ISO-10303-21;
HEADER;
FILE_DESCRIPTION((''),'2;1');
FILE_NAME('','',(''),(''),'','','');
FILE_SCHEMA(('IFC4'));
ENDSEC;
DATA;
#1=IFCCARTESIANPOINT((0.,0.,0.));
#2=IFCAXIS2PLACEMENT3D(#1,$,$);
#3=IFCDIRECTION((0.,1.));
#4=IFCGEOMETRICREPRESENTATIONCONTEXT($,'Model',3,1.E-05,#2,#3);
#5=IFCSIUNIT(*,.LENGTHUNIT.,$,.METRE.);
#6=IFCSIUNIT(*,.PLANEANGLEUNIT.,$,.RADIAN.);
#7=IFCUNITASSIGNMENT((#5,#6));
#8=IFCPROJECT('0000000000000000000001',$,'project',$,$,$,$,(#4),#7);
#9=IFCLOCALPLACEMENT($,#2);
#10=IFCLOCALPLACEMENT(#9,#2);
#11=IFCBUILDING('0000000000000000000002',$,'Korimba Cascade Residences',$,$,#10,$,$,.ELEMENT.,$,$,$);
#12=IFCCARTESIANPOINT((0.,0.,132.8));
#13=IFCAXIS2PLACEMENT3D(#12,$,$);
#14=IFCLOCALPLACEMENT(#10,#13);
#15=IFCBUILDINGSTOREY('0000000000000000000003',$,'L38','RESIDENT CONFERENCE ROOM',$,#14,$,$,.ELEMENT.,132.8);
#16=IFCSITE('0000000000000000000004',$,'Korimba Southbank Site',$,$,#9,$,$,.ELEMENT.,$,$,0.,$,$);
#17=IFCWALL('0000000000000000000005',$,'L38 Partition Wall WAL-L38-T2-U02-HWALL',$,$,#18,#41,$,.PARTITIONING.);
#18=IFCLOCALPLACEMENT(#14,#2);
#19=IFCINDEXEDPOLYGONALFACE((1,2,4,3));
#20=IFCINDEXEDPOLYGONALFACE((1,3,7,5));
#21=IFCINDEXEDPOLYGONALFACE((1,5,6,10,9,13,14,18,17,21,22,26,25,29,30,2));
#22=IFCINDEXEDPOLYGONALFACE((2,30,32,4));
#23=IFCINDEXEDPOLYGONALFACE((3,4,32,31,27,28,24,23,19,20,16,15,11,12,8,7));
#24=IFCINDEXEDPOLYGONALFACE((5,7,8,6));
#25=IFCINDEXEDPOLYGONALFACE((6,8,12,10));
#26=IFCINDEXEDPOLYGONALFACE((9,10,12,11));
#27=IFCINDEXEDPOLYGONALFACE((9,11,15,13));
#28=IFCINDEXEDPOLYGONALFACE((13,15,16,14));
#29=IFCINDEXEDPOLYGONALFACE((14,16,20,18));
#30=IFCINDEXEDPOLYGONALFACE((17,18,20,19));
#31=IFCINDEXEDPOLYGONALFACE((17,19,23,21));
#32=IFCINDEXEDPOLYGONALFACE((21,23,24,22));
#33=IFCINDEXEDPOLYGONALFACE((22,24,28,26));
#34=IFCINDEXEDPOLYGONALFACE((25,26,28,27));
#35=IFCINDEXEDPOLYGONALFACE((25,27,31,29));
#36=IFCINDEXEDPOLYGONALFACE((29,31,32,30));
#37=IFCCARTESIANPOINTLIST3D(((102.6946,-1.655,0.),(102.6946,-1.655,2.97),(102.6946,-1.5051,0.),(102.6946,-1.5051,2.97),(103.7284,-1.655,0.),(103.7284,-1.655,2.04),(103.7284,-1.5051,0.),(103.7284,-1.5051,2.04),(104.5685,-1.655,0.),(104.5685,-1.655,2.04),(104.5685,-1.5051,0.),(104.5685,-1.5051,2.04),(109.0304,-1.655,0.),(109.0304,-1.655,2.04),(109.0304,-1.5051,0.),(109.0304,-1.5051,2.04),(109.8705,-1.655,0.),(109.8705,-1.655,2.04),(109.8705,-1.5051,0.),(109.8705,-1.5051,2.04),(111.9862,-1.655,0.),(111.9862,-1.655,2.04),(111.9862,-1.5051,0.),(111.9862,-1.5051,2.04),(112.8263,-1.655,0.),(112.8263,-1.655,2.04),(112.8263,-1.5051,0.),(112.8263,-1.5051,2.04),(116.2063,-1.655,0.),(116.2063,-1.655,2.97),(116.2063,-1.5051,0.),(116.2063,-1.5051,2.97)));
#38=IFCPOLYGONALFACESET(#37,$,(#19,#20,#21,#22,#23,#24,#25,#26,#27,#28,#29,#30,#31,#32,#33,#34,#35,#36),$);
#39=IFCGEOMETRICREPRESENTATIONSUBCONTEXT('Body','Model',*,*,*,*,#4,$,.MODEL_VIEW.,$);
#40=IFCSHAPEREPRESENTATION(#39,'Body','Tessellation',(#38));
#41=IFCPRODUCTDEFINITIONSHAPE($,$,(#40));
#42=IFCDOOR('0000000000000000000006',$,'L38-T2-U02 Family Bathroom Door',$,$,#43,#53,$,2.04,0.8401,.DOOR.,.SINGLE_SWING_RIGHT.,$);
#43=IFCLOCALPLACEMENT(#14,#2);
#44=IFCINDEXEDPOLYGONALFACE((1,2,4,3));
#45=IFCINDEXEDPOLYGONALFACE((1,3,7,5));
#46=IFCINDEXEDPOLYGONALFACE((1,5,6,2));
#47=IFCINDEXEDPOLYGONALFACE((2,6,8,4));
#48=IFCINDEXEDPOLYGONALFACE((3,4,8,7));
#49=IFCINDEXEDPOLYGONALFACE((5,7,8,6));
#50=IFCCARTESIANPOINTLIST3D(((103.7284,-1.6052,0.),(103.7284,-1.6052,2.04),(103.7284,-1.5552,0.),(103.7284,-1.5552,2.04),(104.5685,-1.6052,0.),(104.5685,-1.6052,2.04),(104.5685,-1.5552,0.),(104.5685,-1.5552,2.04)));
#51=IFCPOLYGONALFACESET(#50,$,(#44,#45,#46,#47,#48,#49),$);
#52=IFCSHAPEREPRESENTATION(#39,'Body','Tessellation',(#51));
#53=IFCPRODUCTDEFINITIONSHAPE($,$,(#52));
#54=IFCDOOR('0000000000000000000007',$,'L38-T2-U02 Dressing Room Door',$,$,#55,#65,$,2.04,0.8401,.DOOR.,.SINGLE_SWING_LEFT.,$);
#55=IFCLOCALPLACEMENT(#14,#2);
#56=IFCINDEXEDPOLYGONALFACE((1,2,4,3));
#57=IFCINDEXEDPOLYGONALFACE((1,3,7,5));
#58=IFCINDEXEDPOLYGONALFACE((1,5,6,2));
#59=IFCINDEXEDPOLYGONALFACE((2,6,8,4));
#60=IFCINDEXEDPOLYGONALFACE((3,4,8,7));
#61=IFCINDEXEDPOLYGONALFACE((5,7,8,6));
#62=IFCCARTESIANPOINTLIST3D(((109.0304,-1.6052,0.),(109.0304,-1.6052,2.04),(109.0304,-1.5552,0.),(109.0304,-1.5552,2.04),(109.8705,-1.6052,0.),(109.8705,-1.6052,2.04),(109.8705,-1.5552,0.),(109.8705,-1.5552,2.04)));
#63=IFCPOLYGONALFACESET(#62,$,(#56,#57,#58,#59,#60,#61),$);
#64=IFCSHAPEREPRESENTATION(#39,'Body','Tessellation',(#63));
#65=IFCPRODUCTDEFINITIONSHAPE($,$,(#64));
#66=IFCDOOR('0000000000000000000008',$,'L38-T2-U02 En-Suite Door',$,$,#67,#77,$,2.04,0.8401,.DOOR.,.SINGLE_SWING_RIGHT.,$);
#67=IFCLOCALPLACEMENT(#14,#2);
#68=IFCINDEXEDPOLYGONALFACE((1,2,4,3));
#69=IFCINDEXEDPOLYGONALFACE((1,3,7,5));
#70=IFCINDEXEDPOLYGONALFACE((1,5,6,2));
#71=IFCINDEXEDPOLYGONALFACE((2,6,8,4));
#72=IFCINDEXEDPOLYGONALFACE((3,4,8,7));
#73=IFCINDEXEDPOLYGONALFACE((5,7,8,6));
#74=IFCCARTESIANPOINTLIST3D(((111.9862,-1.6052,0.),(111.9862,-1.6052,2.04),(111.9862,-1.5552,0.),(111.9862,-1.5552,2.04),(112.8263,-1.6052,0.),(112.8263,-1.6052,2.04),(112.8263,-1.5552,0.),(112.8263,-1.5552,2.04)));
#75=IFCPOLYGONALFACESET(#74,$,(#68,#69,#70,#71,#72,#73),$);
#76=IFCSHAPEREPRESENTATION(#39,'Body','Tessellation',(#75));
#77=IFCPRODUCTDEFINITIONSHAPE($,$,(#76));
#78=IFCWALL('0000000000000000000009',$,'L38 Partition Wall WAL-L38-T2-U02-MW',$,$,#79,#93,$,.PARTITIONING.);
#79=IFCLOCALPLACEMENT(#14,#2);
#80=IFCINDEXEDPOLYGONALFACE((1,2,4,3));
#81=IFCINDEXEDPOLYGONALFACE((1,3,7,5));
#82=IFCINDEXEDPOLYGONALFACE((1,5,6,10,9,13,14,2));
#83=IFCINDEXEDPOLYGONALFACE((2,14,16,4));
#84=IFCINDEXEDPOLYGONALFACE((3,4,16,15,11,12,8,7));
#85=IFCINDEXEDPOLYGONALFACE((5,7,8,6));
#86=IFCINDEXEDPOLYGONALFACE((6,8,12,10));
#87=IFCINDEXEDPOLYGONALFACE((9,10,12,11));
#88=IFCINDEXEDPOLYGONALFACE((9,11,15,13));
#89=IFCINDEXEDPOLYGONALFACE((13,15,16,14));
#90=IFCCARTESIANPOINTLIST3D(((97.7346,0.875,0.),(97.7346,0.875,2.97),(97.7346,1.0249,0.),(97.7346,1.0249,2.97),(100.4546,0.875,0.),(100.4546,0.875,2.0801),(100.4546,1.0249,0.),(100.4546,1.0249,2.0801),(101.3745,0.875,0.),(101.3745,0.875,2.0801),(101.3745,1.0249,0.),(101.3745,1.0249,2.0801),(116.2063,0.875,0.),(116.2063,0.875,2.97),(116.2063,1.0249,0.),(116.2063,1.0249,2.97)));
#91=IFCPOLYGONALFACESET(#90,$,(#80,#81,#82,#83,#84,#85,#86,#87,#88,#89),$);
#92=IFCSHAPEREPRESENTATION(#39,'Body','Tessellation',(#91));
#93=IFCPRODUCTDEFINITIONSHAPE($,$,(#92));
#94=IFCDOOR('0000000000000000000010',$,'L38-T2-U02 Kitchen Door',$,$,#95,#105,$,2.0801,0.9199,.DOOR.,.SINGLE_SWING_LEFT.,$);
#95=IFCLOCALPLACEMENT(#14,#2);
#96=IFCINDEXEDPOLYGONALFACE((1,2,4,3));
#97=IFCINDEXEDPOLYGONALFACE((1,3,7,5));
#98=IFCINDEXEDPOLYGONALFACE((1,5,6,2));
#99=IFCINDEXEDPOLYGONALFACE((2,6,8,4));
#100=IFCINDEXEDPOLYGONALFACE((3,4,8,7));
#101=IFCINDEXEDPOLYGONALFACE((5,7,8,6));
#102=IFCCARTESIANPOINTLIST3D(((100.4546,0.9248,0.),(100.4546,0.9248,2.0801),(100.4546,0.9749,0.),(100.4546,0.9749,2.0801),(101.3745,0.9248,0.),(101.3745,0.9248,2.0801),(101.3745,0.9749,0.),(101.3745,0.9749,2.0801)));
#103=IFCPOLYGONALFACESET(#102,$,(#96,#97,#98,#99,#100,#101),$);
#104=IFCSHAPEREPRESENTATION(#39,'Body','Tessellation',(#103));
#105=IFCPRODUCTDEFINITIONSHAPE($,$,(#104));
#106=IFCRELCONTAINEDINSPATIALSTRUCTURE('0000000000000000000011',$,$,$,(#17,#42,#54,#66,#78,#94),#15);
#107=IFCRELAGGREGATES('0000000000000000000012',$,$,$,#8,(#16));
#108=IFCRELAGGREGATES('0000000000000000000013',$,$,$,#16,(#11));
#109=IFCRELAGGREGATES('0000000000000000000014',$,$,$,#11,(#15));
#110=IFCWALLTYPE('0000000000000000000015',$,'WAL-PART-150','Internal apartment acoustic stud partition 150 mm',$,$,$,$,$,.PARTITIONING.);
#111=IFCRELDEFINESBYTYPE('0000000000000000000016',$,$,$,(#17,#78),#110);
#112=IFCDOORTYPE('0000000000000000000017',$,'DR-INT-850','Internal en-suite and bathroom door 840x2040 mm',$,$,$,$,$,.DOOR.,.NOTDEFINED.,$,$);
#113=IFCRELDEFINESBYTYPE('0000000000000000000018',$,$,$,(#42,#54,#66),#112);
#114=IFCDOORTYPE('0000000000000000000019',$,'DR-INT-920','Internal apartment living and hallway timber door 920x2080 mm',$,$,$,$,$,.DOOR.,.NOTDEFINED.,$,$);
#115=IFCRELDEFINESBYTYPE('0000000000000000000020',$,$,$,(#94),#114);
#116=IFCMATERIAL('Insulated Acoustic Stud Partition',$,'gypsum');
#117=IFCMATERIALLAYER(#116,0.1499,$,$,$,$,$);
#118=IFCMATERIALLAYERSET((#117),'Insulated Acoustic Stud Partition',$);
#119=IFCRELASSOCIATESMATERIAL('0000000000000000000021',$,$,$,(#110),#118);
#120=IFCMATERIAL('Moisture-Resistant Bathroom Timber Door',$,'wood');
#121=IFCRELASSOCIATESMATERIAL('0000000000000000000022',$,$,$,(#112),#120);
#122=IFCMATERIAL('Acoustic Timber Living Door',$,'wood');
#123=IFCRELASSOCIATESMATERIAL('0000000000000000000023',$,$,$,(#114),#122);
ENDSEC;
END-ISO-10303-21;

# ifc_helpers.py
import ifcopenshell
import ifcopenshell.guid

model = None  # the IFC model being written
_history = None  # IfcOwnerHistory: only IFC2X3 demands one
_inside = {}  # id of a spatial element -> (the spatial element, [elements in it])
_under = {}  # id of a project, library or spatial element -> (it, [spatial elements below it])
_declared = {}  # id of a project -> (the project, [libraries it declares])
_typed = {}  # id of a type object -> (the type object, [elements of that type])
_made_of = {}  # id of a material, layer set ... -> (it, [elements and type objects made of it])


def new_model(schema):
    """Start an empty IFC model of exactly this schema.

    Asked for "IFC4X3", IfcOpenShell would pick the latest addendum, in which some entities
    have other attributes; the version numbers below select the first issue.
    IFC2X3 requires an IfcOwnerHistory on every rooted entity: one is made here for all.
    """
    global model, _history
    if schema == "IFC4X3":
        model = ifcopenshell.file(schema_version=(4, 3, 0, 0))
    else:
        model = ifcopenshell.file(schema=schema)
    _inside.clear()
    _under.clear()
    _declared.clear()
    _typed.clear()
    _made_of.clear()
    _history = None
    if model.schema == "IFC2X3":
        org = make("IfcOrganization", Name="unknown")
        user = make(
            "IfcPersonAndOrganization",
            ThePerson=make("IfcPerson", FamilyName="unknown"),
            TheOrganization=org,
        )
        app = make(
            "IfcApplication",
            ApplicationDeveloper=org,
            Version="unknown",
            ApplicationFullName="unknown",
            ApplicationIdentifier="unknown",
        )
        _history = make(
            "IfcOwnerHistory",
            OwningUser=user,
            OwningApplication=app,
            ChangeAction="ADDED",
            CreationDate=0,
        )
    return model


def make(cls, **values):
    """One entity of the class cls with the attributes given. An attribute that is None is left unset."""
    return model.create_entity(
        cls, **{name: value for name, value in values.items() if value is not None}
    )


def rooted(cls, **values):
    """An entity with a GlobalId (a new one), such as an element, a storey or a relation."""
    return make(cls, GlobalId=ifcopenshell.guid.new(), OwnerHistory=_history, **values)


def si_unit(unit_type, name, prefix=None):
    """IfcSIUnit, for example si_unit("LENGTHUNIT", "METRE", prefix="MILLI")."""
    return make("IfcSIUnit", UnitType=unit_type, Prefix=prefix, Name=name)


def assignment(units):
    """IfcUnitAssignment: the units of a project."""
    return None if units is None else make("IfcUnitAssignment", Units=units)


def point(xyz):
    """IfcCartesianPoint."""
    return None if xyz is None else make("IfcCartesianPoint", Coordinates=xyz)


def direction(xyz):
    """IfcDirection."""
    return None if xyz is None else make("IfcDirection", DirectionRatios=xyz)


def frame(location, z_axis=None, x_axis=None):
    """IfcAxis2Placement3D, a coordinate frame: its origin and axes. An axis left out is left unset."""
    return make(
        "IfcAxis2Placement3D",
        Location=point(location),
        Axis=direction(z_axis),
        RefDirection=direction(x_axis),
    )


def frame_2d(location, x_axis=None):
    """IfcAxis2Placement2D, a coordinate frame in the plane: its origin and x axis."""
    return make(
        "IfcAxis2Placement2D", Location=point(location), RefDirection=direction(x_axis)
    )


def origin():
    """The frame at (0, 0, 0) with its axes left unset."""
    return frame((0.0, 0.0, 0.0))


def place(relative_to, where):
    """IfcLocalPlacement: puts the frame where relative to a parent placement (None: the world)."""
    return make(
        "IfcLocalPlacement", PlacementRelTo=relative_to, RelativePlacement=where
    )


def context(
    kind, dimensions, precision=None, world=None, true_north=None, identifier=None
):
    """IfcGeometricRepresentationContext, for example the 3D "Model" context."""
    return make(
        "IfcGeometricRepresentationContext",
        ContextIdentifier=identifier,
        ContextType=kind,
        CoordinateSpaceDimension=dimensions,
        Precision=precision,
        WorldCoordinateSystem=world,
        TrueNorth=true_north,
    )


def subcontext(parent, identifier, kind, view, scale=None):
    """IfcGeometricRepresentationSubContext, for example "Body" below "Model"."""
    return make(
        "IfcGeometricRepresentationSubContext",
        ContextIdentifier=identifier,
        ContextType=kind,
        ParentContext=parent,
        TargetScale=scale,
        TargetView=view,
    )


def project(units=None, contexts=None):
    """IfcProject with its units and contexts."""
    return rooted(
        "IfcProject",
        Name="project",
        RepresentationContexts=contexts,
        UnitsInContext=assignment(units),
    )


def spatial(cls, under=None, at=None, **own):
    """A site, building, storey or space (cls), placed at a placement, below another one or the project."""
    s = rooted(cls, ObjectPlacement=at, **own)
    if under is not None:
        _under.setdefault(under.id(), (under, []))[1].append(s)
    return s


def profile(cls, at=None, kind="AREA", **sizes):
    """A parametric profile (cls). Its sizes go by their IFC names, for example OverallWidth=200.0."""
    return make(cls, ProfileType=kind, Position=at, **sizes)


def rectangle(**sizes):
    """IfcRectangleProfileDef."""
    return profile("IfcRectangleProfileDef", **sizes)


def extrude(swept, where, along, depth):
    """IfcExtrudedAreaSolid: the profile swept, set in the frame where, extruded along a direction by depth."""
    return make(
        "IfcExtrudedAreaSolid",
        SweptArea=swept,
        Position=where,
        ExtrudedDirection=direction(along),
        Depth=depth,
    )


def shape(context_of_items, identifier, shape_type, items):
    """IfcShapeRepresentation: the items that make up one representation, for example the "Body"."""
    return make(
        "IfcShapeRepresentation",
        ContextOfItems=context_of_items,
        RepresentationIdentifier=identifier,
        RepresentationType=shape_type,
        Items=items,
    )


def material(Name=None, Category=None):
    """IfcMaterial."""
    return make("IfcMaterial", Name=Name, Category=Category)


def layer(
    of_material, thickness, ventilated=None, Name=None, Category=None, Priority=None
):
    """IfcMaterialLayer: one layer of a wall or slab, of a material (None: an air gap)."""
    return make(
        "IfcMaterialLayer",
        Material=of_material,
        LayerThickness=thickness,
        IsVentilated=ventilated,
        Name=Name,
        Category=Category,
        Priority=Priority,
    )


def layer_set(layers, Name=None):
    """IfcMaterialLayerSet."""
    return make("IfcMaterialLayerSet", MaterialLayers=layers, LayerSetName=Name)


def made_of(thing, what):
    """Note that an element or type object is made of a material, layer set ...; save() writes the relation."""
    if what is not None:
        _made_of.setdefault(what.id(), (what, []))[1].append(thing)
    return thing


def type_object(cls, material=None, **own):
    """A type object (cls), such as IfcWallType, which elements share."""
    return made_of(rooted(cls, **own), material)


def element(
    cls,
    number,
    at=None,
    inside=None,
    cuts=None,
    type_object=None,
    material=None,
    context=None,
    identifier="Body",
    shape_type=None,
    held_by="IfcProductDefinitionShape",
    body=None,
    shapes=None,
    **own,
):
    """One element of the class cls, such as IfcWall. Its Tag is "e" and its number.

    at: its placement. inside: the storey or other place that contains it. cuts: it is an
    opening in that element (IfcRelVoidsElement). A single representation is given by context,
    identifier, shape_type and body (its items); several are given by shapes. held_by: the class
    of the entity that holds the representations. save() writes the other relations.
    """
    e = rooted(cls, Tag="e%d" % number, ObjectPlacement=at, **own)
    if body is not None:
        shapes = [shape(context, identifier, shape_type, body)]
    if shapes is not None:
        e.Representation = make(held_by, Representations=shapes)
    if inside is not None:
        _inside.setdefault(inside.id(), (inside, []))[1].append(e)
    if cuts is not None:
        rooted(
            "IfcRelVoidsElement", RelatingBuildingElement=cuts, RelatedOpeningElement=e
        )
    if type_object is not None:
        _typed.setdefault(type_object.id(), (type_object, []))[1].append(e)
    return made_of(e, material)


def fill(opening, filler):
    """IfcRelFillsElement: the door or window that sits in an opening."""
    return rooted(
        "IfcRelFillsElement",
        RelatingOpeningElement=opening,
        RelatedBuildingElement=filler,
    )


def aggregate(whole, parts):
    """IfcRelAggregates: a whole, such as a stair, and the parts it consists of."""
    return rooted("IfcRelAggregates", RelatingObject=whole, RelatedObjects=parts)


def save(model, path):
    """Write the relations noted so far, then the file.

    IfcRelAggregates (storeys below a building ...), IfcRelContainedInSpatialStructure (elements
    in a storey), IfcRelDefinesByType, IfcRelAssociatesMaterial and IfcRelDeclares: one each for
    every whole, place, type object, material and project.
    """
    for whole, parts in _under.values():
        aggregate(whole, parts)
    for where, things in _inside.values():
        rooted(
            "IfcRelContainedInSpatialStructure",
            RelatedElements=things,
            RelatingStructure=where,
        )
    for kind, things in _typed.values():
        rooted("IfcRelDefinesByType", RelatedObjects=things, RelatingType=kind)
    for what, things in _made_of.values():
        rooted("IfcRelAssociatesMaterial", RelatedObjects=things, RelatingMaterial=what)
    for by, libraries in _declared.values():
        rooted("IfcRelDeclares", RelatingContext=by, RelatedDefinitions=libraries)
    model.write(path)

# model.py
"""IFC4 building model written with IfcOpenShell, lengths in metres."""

from ifc_helpers import new_model, si_unit, direction, frame, frame_2d, origin, place, context, subcontext, project, spatial, rectangle, extrude, material, layer, layer_set, type_object, element, fill, save


model = new_model("IFC4")

# Units and contexts
model_context = context("Model", 3, precision=1e-05, world=origin(), true_north=direction((0.0, 1.0)))
body_context = subcontext(model_context, "Body", "Model", "MODEL_VIEW")
ifc_project = project(units=[si_unit("LENGTHUNIT", "METRE"), si_unit("PLANEANGLEUNIT", "RADIAN")], contexts=[model_context])

# Site, building, storey
site_placement = place(None, origin())
site = spatial("IfcSite", under=ifc_project, at=site_placement, Name="Korimba Southbank Site", CompositionType="ELEMENT", RefElevation=0.0)
building_placement = place(site_placement, origin())
building = spatial("IfcBuilding", under=site, at=building_placement, Name="Korimba Cascade Residences", CompositionType="ELEMENT")
storey_placement = place(building_placement, frame((0.0, 0.0, 132.8)))
storey = spatial("IfcBuildingStorey", under=building, at=storey_placement, Name="L38", Description="RESIDENT CONFERENCE ROOM", CompositionType="ELEMENT", Elevation=132.8)

# Shared definitions
ifc_material_1 = material(Name="Insulated Acoustic Stud Partition", Category="gypsum")
ifc_layer = layer(ifc_material_1, 0.1499)
ifc_layer_set = layer_set([ifc_layer], Name="Insulated Acoustic Stud Partition")
wall_type = type_object("IfcWallType", Name="WAL-PART-150", Description="Internal apartment acoustic stud partition 150 mm", PredefinedType="PARTITIONING", material=ifc_layer_set)
ifc_material_2 = material(Name="Moisture-Resistant Bathroom Timber Door", Category="wood")
door_type_1 = type_object("IfcDoorType", Name="DR-INT-850", Description="Internal en-suite and bathroom door 840x2040 mm", OperationType="NOTDEFINED", PredefinedType="DOOR", material=ifc_material_2)

# Wall, openings, doors
wall_1_placement = place(storey_placement, frame((102.6946, -1.5801, 0.0), z_axis=(0.0, 0.0, 1.0), x_axis=(1.0, 0.0, 0.0)))
wall_1 = element("IfcWall", 1, at=wall_1_placement, inside=storey, type_object=wall_type, Name="L38 Partition Wall WAL-L38-T2-U02-HWALL", PredefinedType="PARTITIONING", context=body_context, shape_type="SweptSolid", body=[
    extrude(rectangle(XDim=13.5117, YDim=0.1499, at=frame_2d((6.7559, 0.0))), origin(), (0.0, 0.0, 1.0), 2.97),
])
opening_1_placement = place(wall_1_placement, frame((1.0339, 0.0, 0.0)))
opening_1 = element("IfcOpeningElement", 2, at=opening_1_placement, cuts=wall_1, PredefinedType="OPENING", context=body_context, shape_type="SweptSolid", body=[
    extrude(rectangle(XDim=0.8401, YDim=2.04, at=frame_2d((0.4199, 1.02))), frame((0.0, 0.085, 0.0), z_axis=(0.0, -1.0, 0.0), x_axis=(1.0, 0.0, 0.0)), (0.0, 0.0, 1.0), 0.1699),
])
opening_2_placement = place(wall_1_placement, frame((6.3359, 0.0, 0.0)))
opening_2 = element("IfcOpeningElement", 3, at=opening_2_placement, cuts=wall_1, PredefinedType="OPENING", context=body_context, shape_type="SweptSolid", body=[
    extrude(rectangle(XDim=0.8401, YDim=2.04, at=frame_2d((0.4199, 1.02))), frame((0.0, 0.085, 0.0), z_axis=(0.0, -1.0, 0.0), x_axis=(1.0, 0.0, 0.0)), (0.0, 0.0, 1.0), 0.1699),
])
opening_3_placement = place(wall_1_placement, frame((9.2917, 0.0, 0.0)))
opening_3 = element("IfcOpeningElement", 4, at=opening_3_placement, cuts=wall_1, PredefinedType="OPENING", context=body_context, shape_type="SweptSolid", body=[
    extrude(rectangle(XDim=0.8401, YDim=2.04, at=frame_2d((0.4199, 1.02))), frame((0.0, 0.085, 0.0), z_axis=(0.0, -1.0, 0.0), x_axis=(1.0, 0.0, 0.0)), (0.0, 0.0, 1.0), 0.1699),
])
door_1_placement = place(opening_1_placement, origin())
door_1 = element("IfcDoor", 5, at=door_1_placement, inside=storey, type_object=door_type_1, Name="L38-T2-U02 Family Bathroom Door", OperationType="SINGLE_SWING_RIGHT", OverallHeight=2.04, OverallWidth=0.8401, PredefinedType="DOOR", context=body_context, shape_type="SweptSolid", body=[
    extrude(rectangle(XDim=0.8401, YDim=2.04, at=frame_2d((0.4199, 1.02))), frame((0.0, 0.0249, 0.0), z_axis=(0.0, -1.0, 0.0), x_axis=(1.0, 0.0, 0.0)), (0.0, 0.0, 1.0), 0.05),
])
fill(opening_1, door_1)
door_2_placement = place(opening_2_placement, origin())
door_2 = element("IfcDoor", 6, at=door_2_placement, inside=storey, type_object=door_type_1, Name="L38-T2-U02 Dressing Room Door", OperationType="SINGLE_SWING_LEFT", OverallHeight=2.04, OverallWidth=0.8401, PredefinedType="DOOR", context=body_context, shape_type="SweptSolid", body=[
    extrude(rectangle(XDim=0.8401, YDim=2.04, at=frame_2d((0.4199, 1.02))), frame((0.0, 0.0249, 0.0), z_axis=(0.0, -1.0, 0.0), x_axis=(1.0, 0.0, 0.0)), (0.0, 0.0, 1.0), 0.05),
])
fill(opening_2, door_2)
door_3_placement = place(opening_3_placement, origin())
door_3 = element("IfcDoor", 7, at=door_3_placement, inside=storey, type_object=door_type_1, Name="L38-T2-U02 En-Suite Door", OperationType="SINGLE_SWING_RIGHT", OverallHeight=2.04, OverallWidth=0.8401, PredefinedType="DOOR", context=body_context, shape_type="SweptSolid", body=[
    extrude(rectangle(XDim=0.8401, YDim=2.04, at=frame_2d((0.4199, 1.02))), frame((0.0, 0.0249, 0.0), z_axis=(0.0, -1.0, 0.0), x_axis=(1.0, 0.0, 0.0)), (0.0, 0.0, 1.0), 0.05),
])
fill(opening_3, door_3)

# Wall, opening, door
wall_2_placement = place(storey_placement, frame((97.7346, 0.95, 0.0), z_axis=(0.0, 0.0, 1.0), x_axis=(1.0, 0.0, 0.0)))
wall_2 = element("IfcWall", 8, at=wall_2_placement, inside=storey, type_object=wall_type, Name="L38 Partition Wall WAL-L38-T2-U02-MW", PredefinedType="PARTITIONING", context=body_context, shape_type="SweptSolid", body=[
    extrude(rectangle(XDim=18.4717, YDim=0.1499, at=frame_2d((9.2358, 0.0))), origin(), (0.0, 0.0, 1.0), 2.97),
])
opening_4_placement = place(wall_2_placement, frame((2.72, 0.0, 0.0)))
opening_4 = element("IfcOpeningElement", 9, at=opening_4_placement, cuts=wall_2, PredefinedType="OPENING", context=body_context, shape_type="SweptSolid", body=[
    extrude(rectangle(XDim=0.9199, YDim=2.0801, at=frame_2d((0.46, 1.04))), frame((0.0, 0.085, 0.0), z_axis=(0.0, -1.0, 0.0), x_axis=(1.0, 0.0, 0.0)), (0.0, 0.0, 1.0), 0.1699),
])
ifc_material_3 = material(Name="Acoustic Timber Living Door", Category="wood")
door_type_2 = type_object("IfcDoorType", Name="DR-INT-920", Description="Internal apartment living and hallway timber door 920x2080 mm", OperationType="NOTDEFINED", PredefinedType="DOOR", material=ifc_material_3)
door_4_placement = place(opening_4_placement, origin())
door_4 = element("IfcDoor", 10, at=door_4_placement, inside=storey, type_object=door_type_2, Name="L38-T2-U02 Kitchen Door", OperationType="SINGLE_SWING_LEFT", OverallHeight=2.0801, OverallWidth=0.9199, PredefinedType="DOOR", context=body_context, shape_type="SweptSolid", body=[
    extrude(rectangle(XDim=0.9199, YDim=2.0801, at=frame_2d((0.46, 1.04))), frame((0.0, 0.0249, 0.0), z_axis=(0.0, -1.0, 0.0), x_axis=(1.0, 0.0, 0.0)), (0.0, 0.0, 1.0), 0.05),
])
fill(opening_4, door_4)

save(model, "model.ifc")
